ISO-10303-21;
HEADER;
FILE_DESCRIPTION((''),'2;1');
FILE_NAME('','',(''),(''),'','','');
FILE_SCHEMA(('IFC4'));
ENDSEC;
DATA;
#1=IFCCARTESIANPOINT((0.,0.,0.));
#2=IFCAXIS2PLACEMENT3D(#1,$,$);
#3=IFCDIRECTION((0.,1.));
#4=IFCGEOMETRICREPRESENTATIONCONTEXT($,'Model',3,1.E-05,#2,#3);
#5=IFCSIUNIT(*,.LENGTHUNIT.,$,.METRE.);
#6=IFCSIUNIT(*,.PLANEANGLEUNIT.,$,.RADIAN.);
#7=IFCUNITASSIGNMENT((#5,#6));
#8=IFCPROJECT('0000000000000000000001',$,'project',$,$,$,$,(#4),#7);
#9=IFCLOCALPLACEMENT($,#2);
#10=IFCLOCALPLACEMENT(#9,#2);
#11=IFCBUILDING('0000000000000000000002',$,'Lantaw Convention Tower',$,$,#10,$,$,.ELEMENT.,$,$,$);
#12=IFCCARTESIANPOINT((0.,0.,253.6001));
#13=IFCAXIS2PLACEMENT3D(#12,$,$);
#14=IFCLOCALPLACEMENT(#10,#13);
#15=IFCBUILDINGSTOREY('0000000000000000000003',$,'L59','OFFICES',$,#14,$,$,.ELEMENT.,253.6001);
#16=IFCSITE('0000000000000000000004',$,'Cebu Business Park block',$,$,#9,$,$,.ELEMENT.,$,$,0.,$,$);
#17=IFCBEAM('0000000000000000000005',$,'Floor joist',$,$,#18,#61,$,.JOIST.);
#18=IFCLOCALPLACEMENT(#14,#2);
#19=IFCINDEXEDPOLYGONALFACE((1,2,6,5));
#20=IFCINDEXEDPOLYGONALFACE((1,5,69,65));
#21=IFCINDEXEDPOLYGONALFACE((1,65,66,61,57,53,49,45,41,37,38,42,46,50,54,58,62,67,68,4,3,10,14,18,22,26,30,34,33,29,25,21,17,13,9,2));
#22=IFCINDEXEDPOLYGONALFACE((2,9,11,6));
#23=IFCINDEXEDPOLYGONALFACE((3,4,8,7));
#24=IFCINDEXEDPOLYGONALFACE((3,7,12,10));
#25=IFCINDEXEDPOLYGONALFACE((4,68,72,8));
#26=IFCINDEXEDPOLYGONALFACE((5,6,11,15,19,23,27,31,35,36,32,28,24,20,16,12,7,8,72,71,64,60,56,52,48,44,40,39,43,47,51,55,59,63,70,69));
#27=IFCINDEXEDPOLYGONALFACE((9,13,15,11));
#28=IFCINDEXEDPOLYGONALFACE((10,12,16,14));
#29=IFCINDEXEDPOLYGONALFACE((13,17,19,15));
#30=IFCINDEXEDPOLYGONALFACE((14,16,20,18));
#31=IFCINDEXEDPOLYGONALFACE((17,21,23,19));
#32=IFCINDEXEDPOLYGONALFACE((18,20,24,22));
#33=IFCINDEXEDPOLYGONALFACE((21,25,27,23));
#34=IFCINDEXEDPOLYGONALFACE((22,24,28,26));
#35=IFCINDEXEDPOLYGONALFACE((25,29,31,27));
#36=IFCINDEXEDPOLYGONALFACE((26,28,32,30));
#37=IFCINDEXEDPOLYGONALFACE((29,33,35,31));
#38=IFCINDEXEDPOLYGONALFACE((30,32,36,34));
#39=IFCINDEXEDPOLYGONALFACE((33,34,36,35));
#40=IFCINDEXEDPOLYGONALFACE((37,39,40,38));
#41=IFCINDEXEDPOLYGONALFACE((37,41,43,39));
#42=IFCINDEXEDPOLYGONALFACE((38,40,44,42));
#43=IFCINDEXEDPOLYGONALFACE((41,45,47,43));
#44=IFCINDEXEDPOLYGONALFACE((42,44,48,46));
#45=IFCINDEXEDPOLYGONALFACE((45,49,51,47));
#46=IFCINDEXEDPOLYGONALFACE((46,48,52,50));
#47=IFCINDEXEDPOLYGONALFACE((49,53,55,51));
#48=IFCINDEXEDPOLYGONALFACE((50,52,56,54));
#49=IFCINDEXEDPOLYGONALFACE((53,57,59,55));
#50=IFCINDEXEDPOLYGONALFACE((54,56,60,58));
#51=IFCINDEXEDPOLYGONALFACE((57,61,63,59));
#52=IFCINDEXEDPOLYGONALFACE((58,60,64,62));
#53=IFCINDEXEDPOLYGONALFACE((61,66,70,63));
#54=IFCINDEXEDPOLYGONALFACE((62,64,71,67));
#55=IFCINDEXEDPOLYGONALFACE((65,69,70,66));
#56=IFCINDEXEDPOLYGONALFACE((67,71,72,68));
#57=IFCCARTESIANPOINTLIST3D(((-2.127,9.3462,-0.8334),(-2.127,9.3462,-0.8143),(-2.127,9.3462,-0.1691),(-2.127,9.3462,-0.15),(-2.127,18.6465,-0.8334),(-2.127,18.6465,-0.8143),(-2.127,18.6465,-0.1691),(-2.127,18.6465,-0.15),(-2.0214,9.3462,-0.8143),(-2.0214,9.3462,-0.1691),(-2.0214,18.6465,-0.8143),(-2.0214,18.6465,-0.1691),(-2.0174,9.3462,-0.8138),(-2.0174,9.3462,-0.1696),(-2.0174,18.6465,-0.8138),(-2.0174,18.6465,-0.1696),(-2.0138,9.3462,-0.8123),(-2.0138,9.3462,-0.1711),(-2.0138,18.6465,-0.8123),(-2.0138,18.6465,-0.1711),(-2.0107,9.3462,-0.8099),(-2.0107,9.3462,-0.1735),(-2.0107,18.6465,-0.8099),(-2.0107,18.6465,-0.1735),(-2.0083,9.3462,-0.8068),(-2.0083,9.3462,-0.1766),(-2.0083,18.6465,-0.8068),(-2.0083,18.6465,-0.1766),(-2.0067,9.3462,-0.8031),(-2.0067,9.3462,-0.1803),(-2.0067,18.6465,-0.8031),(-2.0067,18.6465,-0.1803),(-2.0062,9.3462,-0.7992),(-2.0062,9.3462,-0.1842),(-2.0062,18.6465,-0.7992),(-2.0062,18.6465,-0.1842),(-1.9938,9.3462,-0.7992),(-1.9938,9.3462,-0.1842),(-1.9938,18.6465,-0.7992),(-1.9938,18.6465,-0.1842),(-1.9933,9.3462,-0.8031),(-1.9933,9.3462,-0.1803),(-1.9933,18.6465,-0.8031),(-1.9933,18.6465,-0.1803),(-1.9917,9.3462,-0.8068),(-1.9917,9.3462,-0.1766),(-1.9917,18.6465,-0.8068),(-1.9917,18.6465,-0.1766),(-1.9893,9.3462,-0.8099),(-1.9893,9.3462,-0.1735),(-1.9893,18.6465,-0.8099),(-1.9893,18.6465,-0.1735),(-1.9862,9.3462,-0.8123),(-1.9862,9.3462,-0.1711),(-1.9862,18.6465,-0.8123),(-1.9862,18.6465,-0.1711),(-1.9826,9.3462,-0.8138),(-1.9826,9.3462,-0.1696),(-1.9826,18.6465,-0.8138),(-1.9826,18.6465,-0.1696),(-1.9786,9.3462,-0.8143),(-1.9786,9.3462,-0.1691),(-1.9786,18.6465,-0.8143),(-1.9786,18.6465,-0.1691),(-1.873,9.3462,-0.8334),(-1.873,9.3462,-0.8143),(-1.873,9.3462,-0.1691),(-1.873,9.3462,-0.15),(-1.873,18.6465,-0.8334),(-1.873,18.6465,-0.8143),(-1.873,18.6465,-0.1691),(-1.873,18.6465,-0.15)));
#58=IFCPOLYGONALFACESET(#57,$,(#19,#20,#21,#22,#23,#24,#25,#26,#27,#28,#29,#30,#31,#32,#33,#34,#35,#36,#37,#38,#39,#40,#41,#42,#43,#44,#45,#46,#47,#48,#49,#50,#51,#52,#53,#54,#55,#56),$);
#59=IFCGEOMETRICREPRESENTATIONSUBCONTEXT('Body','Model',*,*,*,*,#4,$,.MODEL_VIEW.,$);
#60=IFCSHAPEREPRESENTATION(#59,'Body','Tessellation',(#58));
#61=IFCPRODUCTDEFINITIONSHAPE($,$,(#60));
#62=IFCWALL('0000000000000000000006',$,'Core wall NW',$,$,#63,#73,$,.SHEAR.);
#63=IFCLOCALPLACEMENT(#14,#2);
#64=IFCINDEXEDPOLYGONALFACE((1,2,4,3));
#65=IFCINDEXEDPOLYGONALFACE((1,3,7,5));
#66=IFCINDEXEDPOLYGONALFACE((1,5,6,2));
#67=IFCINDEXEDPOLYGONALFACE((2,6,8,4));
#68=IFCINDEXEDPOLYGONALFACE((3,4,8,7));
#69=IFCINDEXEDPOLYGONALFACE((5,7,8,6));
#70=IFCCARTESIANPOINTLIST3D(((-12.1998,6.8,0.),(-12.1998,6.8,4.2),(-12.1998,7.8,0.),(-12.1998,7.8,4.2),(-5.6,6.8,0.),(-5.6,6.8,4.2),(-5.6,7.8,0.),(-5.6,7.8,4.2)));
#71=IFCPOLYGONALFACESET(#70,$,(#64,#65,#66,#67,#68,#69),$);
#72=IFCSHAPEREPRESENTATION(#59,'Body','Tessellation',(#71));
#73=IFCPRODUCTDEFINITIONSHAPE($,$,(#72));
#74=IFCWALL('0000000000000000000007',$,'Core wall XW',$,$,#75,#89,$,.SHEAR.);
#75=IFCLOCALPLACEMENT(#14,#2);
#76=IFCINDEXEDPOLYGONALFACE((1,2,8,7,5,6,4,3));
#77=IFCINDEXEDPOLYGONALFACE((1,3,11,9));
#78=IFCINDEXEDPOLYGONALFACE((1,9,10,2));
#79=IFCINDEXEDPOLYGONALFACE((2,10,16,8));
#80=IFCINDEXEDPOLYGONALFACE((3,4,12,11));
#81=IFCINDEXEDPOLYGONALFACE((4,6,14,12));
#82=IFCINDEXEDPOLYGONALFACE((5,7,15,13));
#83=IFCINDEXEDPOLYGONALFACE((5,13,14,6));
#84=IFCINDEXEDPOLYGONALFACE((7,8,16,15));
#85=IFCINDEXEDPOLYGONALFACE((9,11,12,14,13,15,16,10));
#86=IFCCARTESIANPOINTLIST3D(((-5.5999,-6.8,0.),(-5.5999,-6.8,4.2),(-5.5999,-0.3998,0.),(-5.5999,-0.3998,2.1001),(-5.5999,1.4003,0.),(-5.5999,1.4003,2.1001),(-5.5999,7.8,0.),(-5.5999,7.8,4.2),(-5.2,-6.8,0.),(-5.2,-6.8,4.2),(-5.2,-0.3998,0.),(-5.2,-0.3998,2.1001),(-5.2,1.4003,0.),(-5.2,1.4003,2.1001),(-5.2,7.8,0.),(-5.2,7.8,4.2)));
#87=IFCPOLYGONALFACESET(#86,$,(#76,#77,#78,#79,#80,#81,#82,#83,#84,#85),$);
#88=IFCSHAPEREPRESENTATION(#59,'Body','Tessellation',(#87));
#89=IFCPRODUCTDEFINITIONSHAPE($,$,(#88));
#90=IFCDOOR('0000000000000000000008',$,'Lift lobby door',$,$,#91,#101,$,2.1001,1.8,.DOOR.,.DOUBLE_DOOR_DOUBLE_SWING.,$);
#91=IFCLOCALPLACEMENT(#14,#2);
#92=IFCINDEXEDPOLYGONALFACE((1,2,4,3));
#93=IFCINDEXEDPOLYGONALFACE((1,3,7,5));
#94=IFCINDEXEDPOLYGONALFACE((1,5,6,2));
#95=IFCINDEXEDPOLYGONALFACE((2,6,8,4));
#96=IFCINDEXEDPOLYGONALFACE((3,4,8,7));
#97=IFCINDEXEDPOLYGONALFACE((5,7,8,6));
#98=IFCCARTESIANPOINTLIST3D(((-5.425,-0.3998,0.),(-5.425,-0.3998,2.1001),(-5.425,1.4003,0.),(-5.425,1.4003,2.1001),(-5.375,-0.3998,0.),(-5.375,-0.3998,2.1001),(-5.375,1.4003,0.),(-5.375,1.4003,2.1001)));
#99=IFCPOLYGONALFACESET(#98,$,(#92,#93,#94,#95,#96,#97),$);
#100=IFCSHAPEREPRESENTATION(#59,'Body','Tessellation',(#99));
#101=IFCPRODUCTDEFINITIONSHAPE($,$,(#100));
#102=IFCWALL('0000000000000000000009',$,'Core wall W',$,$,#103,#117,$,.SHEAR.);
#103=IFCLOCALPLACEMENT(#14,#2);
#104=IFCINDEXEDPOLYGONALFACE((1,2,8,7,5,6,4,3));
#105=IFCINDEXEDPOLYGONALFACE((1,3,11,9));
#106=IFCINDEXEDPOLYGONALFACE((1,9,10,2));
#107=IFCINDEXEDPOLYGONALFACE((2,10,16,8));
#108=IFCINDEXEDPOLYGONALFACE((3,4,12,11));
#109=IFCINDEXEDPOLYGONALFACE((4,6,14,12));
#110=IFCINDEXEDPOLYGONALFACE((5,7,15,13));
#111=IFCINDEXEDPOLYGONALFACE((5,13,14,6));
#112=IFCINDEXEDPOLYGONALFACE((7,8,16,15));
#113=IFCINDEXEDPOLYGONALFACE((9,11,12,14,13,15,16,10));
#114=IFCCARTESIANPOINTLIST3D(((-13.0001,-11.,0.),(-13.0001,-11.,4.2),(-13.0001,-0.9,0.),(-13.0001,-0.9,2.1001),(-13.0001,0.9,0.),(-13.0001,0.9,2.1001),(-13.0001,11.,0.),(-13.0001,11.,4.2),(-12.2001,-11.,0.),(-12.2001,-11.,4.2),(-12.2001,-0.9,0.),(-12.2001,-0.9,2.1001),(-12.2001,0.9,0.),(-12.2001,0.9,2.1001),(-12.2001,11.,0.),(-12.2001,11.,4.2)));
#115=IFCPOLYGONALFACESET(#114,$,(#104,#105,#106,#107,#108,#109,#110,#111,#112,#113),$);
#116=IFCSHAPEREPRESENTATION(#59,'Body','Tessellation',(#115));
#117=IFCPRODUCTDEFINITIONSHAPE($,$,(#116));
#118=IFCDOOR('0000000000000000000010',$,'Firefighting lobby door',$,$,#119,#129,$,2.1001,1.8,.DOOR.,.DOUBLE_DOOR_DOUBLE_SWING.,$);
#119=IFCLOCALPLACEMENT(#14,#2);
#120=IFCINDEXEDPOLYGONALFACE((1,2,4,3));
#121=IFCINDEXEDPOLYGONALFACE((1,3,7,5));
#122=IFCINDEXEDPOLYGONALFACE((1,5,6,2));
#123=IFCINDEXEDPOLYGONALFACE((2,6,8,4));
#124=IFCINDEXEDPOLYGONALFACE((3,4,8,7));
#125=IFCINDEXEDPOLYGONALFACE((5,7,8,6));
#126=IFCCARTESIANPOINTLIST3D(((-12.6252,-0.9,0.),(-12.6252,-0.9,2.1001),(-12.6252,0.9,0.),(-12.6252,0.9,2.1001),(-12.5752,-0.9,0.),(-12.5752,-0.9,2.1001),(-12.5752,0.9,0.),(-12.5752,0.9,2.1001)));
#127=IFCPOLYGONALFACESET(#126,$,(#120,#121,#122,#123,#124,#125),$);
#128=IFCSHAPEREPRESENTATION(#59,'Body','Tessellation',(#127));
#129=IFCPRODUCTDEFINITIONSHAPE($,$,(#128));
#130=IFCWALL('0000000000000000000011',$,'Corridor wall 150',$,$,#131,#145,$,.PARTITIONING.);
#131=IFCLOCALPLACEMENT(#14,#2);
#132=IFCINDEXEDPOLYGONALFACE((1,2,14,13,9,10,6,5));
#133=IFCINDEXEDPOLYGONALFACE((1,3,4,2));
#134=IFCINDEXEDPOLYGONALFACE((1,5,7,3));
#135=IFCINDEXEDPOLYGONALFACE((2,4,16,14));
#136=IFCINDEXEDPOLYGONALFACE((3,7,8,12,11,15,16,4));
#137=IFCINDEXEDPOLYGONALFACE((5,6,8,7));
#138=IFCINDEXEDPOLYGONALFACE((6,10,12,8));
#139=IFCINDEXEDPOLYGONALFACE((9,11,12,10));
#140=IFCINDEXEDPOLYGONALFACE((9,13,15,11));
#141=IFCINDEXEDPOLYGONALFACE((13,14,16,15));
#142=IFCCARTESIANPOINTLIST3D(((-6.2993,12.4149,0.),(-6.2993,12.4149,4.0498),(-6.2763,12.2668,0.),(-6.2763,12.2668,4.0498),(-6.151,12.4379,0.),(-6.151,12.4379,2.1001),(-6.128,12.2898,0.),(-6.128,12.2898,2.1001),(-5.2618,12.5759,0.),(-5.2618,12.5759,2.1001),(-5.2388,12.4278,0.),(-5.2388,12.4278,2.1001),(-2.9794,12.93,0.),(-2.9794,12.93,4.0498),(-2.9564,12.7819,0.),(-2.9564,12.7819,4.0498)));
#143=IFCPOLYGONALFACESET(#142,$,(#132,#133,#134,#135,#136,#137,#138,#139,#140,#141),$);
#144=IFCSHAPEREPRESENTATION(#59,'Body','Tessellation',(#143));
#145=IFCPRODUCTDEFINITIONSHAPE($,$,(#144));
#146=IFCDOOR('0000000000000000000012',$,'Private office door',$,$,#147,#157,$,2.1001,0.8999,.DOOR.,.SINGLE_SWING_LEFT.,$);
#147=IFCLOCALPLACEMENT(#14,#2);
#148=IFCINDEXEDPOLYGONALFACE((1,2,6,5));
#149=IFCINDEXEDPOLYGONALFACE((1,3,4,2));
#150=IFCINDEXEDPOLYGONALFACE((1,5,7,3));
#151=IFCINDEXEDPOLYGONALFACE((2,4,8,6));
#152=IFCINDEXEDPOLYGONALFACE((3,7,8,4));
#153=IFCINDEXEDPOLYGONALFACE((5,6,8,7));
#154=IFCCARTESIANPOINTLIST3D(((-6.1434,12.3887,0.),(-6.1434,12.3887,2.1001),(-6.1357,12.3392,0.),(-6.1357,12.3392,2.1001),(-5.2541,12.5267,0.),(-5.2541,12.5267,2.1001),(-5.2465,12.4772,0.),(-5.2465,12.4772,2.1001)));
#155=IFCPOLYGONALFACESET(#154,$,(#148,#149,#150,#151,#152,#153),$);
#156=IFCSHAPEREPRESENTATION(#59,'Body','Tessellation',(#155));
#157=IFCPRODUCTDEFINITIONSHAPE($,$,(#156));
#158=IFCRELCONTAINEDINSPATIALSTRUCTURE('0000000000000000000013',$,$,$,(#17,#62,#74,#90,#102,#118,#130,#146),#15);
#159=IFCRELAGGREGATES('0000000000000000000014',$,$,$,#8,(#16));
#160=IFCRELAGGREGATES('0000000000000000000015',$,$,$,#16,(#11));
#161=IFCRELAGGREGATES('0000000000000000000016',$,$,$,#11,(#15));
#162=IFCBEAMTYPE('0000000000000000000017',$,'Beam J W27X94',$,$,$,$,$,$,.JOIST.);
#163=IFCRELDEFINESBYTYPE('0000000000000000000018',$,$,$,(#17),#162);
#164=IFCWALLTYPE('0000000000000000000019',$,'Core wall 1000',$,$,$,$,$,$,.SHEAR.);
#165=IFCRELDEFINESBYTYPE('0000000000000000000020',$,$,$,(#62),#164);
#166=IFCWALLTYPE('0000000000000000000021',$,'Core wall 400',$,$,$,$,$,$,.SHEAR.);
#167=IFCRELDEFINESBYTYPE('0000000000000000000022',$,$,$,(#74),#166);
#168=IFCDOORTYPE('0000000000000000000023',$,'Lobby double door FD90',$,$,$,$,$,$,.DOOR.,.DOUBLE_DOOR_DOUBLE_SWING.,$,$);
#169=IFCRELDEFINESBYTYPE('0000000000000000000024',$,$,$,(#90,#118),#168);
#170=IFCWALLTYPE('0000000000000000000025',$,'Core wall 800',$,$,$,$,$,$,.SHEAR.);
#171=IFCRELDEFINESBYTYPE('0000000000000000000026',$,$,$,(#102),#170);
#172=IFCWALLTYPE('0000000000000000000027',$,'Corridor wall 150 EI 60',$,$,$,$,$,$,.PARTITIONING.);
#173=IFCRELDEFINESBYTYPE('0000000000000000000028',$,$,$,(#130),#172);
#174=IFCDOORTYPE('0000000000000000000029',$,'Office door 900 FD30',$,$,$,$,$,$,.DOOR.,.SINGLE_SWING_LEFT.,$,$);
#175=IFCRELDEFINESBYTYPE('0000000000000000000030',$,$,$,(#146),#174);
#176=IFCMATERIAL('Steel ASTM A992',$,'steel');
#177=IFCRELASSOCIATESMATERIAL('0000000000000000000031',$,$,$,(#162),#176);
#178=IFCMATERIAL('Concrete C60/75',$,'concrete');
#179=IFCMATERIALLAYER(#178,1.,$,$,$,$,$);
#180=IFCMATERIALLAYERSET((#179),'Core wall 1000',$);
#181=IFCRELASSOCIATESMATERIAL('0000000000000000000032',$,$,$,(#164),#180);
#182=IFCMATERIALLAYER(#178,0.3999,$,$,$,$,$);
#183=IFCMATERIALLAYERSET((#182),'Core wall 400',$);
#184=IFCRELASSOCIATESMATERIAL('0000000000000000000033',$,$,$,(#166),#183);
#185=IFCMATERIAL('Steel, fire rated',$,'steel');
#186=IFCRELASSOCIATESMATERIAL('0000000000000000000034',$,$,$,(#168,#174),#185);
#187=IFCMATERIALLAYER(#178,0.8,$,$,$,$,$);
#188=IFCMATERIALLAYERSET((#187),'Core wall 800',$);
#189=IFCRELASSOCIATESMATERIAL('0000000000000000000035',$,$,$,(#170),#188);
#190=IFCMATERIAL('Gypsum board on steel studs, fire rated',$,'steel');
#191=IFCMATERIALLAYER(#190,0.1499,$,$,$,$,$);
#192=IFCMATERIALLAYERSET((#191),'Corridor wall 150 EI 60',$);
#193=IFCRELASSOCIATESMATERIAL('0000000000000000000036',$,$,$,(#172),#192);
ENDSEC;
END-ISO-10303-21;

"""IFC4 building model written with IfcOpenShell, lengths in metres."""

from ifc_helpers import new_model, si_unit, direction, frame, frame_2d, origin, origin_2d, place, context, subcontext, project, spatial, rectangle, i_section, extrude, material, layer, layer_set, material_profile, profile_set, type_object, element, fill, save


model = new_model("IFC4")

# Units and contexts
model_context = context("Model", 3, precision=1e-05, world=origin(), true_north=direction((0.0, 1.0)))
body_context = subcontext(model_context, "Body", "Model", "MODEL_VIEW")
ifc_project = project(units=[si_unit("LENGTHUNIT", "METRE"), si_unit("PLANEANGLEUNIT", "RADIAN")], contexts=[model_context])

# Site, building, storey
site_placement = place(None, origin())
site = spatial("IfcSite", under=ifc_project, at=site_placement, Name="Cebu Business Park block", CompositionType="ELEMENT", RefElevation=0.0)
building_placement = place(site_placement, origin())
building = spatial("IfcBuilding", under=site, at=building_placement, Name="Lantaw Convention Tower", CompositionType="ELEMENT")
storey_placement = place(building_placement, frame((0.0, 0.0, 253.6001)))
storey = spatial("IfcBuildingStorey", under=building, at=storey_placement, Name="L59", Description="OFFICES", CompositionType="ELEMENT", Elevation=253.6001)

# Beam
ifc_material_1 = material(Name="Steel ASTM A992", Category="steel")
ifc_material_profile_1 = material_profile(ifc_material_1, i_section(OverallWidth=0.2539, OverallDepth=0.6833, WebThickness=0.0125, FlangeThickness=0.019, FilletRadius=0.0151, at=origin_2d()), Name="W27X94")
ifc_profile_set_1 = profile_set([ifc_material_profile_1], Name="Steel ASTM A992")
beam_type_1 = type_object("IfcBeamType", Name="Beam J W27X94", PredefinedType="JOIST", material=ifc_profile_set_1)
beam_1_placement = place(storey_placement, frame((-2.0, 9.3462, -0.4917), z_axis=(0.0, 1.0, 0.0), x_axis=(-1.0, 0.0, 0.0)))
element("IfcBeam", 1, at=beam_1_placement, inside=storey, type_object=beam_type_1, Name="Floor joist", PredefinedType="JOIST", context=body_context, shape_type="SweptSolid", body=[
    extrude(i_section(OverallWidth=0.2539, OverallDepth=0.6833, WebThickness=0.0125, FlangeThickness=0.019, FilletRadius=0.0151, at=origin_2d()), origin(), (0.0, 0.0, 1.0), 9.3003),
])

# Wall
ifc_material_2 = material(Name="Concrete C60/75", Category="concrete")
ifc_layer_1 = layer(ifc_material_2, 1.0)
ifc_layer_set_1 = layer_set([ifc_layer_1], Name="Core wall 1000")
wall_type_1 = type_object("IfcWallType", Name="Core wall 1000", PredefinedType="SHEAR", material=ifc_layer_set_1)
wall_1_placement = place(storey_placement, frame((-5.6001, 7.3, 0.0), z_axis=(0.0, 0.0, 1.0), x_axis=(-1.0, 0.0, 0.0)))
element("IfcWall", 2, at=wall_1_placement, inside=storey, type_object=wall_type_1, Name="Core wall NW", PredefinedType="SHEAR", context=body_context, shape_type="SweptSolid", body=[
    extrude(rectangle(XDim=6.5999, YDim=1.0, at=frame_2d((3.2998, 0.0))), origin(), (0.0, 0.0, 1.0), 4.2),
])

# Walls, openings, doors
ifc_layer_2 = layer(ifc_material_2, 0.3999)
ifc_layer_set_2 = layer_set([ifc_layer_2], Name="Core wall 400")
wall_type_2 = type_object("IfcWallType", Name="Core wall 400", PredefinedType="SHEAR", material=ifc_layer_set_2)
wall_2_placement = place(storey_placement, frame((-5.3999, 7.8, 0.0), z_axis=(0.0, 0.0, 1.0), x_axis=(0.0, -1.0, 0.0)))
wall_2 = element("IfcWall", 3, at=wall_2_placement, inside=storey, type_object=wall_type_2, Name="Core wall XW", PredefinedType="SHEAR", context=body_context, shape_type="SweptSolid", body=[
    extrude(rectangle(XDim=14.6001, YDim=0.3999, at=frame_2d((7.3, 0.0))), origin(), (0.0, 0.0, 1.0), 4.2),
])
opening_1_placement = place(wall_2_placement, frame((6.3999, 0.0, 0.0)))
opening_1 = element("IfcOpeningElement", 4, at=opening_1_placement, cuts=wall_2, PredefinedType="OPENING", context=body_context, shape_type="SweptSolid", body=[
    extrude(rectangle(XDim=1.8, YDim=2.1001, at=frame_2d((0.8999, 1.05))), frame((0.0, 0.21, 0.0), z_axis=(0.0, -1.0, 0.0), x_axis=(1.0, 0.0, 0.0)), (0.0, 0.0, 1.0), 0.4199),
])
ifc_material_3 = material(Name="Steel, fire rated", Category="steel")
door_type_1 = type_object("IfcDoorType", Name="Lobby double door FD90", OperationType="DOUBLE_DOOR_DOUBLE_SWING", PredefinedType="DOOR", material=ifc_material_3)
door_1_placement = place(opening_1_placement, origin())
door_1 = element("IfcDoor", 5, at=door_1_placement, inside=storey, type_object=door_type_1, Name="Lift lobby door", OperationType="DOUBLE_DOOR_DOUBLE_SWING", OverallHeight=2.1001, OverallWidth=1.8, PredefinedType="DOOR", context=body_context, shape_type="SweptSolid", body=[
    extrude(rectangle(XDim=1.8, YDim=2.1001, at=frame_2d((0.8999, 1.05))), frame((0.0, 0.0249, 0.0), z_axis=(0.0, -1.0, 0.0), x_axis=(1.0, 0.0, 0.0)), (0.0, 0.0, 1.0), 0.05),
])
fill(opening_1, door_1)
ifc_layer_3 = layer(ifc_material_2, 0.8)
ifc_layer_set_3 = layer_set([ifc_layer_3], Name="Core wall 800")
wall_type_3 = type_object("IfcWallType", Name="Core wall 800", PredefinedType="SHEAR", material=ifc_layer_set_3)
wall_3_placement = place(storey_placement, frame((-12.6001, 11.0, 0.0), z_axis=(0.0, 0.0, 1.0), x_axis=(0.0, -1.0, 0.0)))
wall_3 = element("IfcWall", 6, at=wall_3_placement, inside=storey, type_object=wall_type_3, Name="Core wall W", PredefinedType="SHEAR", context=body_context, shape_type="SweptSolid", body=[
    extrude(rectangle(XDim=22.0, YDim=0.8, at=frame_2d((11.0, 0.0))), origin(), (0.0, 0.0, 1.0), 4.2),
])
opening_2_placement = place(wall_3_placement, frame((10.1001, 0.0, 0.0)))
opening_2 = element("IfcOpeningElement", 7, at=opening_2_placement, cuts=wall_3, PredefinedType="OPENING", context=body_context, shape_type="SweptSolid", body=[
    extrude(rectangle(XDim=1.8, YDim=2.1001, at=frame_2d((0.8999, 1.05))), frame((0.0, 0.4099, 0.0), z_axis=(0.0, -1.0, 0.0), x_axis=(1.0, 0.0, 0.0)), (0.0, 0.0, 1.0), 0.8201),
])
door_2_placement = place(opening_2_placement, origin())
door_2 = element("IfcDoor", 8, at=door_2_placement, inside=storey, type_object=door_type_1, Name="Firefighting lobby door", OperationType="DOUBLE_DOOR_DOUBLE_SWING", OverallHeight=2.1001, OverallWidth=1.8, PredefinedType="DOOR", context=body_context, shape_type="SweptSolid", body=[
    extrude(rectangle(XDim=1.8, YDim=2.1001, at=frame_2d((0.8999, 1.05))), frame((0.0, 0.0249, 0.0), z_axis=(0.0, -1.0, 0.0), x_axis=(1.0, 0.0, 0.0)), (0.0, 0.0, 1.0), 0.05),
])
fill(opening_2, door_2)
ifc_material_4 = material(Name="Gypsum board on steel studs, fire rated", Category="steel")
ifc_layer_4 = layer(ifc_material_4, 0.1499)
ifc_layer_set_4 = layer_set([ifc_layer_4], Name="Corridor wall 150 EI 60")
wall_type_4 = type_object("IfcWallType", Name="Corridor wall 150 EI 60", PredefinedType="PARTITIONING", material=ifc_layer_set_4)
wall_4_placement = place(storey_placement, frame((-2.968, 12.856, 0.0), z_axis=(0.0, 0.0, 1.0), x_axis=(-0.988174, -0.153335, 0.0)))
wall_4 = element("IfcWall", 9, at=wall_4_placement, inside=storey, type_object=wall_type_4, Name="Corridor wall 150", PredefinedType="PARTITIONING", context=body_context, shape_type="SweptSolid", body=[
    extrude(rectangle(XDim=3.3596, YDim=0.1499, at=frame_2d((1.6797, 0.0))), origin(), (0.0, 0.0, 1.0), 4.0498),
])
opening_3_placement = place(wall_4_placement, frame((2.3096, 0.0, 0.0)))
opening_3 = element("IfcOpeningElement", 10, at=opening_3_placement, cuts=wall_4, PredefinedType="OPENING", context=body_context, shape_type="SweptSolid", body=[
    extrude(rectangle(XDim=0.8999, YDim=2.1001, at=frame_2d((0.45, 1.05))), frame((0.0, 0.085, 0.0), z_axis=(0.0, -1.0, 0.0), x_axis=(1.0, 0.0, 0.0)), (0.0, 0.0, 1.0), 0.1699),
])
door_type_2 = type_object("IfcDoorType", Name="Office door 900 FD30", OperationType="SINGLE_SWING_LEFT", PredefinedType="DOOR", material=ifc_material_3)
door_3_placement = place(opening_3_placement, origin())
door_3 = element("IfcDoor", 11, at=door_3_placement, inside=storey, type_object=door_type_2, Name="Private office door", OperationType="SINGLE_SWING_LEFT", OverallHeight=2.1001, OverallWidth=0.8999, PredefinedType="DOOR", context=body_context, shape_type="SweptSolid", body=[
    extrude(rectangle(XDim=0.8999, YDim=2.1001, at=frame_2d((0.45, 1.05))), frame((0.0, 0.0249, 0.0), z_axis=(0.0, -1.0, 0.0), x_axis=(1.0, 0.0, 0.0)), (0.0, 0.0, 1.0), 0.05),
])
fill(opening_3, door_3)

save(model, "model.ifc")
